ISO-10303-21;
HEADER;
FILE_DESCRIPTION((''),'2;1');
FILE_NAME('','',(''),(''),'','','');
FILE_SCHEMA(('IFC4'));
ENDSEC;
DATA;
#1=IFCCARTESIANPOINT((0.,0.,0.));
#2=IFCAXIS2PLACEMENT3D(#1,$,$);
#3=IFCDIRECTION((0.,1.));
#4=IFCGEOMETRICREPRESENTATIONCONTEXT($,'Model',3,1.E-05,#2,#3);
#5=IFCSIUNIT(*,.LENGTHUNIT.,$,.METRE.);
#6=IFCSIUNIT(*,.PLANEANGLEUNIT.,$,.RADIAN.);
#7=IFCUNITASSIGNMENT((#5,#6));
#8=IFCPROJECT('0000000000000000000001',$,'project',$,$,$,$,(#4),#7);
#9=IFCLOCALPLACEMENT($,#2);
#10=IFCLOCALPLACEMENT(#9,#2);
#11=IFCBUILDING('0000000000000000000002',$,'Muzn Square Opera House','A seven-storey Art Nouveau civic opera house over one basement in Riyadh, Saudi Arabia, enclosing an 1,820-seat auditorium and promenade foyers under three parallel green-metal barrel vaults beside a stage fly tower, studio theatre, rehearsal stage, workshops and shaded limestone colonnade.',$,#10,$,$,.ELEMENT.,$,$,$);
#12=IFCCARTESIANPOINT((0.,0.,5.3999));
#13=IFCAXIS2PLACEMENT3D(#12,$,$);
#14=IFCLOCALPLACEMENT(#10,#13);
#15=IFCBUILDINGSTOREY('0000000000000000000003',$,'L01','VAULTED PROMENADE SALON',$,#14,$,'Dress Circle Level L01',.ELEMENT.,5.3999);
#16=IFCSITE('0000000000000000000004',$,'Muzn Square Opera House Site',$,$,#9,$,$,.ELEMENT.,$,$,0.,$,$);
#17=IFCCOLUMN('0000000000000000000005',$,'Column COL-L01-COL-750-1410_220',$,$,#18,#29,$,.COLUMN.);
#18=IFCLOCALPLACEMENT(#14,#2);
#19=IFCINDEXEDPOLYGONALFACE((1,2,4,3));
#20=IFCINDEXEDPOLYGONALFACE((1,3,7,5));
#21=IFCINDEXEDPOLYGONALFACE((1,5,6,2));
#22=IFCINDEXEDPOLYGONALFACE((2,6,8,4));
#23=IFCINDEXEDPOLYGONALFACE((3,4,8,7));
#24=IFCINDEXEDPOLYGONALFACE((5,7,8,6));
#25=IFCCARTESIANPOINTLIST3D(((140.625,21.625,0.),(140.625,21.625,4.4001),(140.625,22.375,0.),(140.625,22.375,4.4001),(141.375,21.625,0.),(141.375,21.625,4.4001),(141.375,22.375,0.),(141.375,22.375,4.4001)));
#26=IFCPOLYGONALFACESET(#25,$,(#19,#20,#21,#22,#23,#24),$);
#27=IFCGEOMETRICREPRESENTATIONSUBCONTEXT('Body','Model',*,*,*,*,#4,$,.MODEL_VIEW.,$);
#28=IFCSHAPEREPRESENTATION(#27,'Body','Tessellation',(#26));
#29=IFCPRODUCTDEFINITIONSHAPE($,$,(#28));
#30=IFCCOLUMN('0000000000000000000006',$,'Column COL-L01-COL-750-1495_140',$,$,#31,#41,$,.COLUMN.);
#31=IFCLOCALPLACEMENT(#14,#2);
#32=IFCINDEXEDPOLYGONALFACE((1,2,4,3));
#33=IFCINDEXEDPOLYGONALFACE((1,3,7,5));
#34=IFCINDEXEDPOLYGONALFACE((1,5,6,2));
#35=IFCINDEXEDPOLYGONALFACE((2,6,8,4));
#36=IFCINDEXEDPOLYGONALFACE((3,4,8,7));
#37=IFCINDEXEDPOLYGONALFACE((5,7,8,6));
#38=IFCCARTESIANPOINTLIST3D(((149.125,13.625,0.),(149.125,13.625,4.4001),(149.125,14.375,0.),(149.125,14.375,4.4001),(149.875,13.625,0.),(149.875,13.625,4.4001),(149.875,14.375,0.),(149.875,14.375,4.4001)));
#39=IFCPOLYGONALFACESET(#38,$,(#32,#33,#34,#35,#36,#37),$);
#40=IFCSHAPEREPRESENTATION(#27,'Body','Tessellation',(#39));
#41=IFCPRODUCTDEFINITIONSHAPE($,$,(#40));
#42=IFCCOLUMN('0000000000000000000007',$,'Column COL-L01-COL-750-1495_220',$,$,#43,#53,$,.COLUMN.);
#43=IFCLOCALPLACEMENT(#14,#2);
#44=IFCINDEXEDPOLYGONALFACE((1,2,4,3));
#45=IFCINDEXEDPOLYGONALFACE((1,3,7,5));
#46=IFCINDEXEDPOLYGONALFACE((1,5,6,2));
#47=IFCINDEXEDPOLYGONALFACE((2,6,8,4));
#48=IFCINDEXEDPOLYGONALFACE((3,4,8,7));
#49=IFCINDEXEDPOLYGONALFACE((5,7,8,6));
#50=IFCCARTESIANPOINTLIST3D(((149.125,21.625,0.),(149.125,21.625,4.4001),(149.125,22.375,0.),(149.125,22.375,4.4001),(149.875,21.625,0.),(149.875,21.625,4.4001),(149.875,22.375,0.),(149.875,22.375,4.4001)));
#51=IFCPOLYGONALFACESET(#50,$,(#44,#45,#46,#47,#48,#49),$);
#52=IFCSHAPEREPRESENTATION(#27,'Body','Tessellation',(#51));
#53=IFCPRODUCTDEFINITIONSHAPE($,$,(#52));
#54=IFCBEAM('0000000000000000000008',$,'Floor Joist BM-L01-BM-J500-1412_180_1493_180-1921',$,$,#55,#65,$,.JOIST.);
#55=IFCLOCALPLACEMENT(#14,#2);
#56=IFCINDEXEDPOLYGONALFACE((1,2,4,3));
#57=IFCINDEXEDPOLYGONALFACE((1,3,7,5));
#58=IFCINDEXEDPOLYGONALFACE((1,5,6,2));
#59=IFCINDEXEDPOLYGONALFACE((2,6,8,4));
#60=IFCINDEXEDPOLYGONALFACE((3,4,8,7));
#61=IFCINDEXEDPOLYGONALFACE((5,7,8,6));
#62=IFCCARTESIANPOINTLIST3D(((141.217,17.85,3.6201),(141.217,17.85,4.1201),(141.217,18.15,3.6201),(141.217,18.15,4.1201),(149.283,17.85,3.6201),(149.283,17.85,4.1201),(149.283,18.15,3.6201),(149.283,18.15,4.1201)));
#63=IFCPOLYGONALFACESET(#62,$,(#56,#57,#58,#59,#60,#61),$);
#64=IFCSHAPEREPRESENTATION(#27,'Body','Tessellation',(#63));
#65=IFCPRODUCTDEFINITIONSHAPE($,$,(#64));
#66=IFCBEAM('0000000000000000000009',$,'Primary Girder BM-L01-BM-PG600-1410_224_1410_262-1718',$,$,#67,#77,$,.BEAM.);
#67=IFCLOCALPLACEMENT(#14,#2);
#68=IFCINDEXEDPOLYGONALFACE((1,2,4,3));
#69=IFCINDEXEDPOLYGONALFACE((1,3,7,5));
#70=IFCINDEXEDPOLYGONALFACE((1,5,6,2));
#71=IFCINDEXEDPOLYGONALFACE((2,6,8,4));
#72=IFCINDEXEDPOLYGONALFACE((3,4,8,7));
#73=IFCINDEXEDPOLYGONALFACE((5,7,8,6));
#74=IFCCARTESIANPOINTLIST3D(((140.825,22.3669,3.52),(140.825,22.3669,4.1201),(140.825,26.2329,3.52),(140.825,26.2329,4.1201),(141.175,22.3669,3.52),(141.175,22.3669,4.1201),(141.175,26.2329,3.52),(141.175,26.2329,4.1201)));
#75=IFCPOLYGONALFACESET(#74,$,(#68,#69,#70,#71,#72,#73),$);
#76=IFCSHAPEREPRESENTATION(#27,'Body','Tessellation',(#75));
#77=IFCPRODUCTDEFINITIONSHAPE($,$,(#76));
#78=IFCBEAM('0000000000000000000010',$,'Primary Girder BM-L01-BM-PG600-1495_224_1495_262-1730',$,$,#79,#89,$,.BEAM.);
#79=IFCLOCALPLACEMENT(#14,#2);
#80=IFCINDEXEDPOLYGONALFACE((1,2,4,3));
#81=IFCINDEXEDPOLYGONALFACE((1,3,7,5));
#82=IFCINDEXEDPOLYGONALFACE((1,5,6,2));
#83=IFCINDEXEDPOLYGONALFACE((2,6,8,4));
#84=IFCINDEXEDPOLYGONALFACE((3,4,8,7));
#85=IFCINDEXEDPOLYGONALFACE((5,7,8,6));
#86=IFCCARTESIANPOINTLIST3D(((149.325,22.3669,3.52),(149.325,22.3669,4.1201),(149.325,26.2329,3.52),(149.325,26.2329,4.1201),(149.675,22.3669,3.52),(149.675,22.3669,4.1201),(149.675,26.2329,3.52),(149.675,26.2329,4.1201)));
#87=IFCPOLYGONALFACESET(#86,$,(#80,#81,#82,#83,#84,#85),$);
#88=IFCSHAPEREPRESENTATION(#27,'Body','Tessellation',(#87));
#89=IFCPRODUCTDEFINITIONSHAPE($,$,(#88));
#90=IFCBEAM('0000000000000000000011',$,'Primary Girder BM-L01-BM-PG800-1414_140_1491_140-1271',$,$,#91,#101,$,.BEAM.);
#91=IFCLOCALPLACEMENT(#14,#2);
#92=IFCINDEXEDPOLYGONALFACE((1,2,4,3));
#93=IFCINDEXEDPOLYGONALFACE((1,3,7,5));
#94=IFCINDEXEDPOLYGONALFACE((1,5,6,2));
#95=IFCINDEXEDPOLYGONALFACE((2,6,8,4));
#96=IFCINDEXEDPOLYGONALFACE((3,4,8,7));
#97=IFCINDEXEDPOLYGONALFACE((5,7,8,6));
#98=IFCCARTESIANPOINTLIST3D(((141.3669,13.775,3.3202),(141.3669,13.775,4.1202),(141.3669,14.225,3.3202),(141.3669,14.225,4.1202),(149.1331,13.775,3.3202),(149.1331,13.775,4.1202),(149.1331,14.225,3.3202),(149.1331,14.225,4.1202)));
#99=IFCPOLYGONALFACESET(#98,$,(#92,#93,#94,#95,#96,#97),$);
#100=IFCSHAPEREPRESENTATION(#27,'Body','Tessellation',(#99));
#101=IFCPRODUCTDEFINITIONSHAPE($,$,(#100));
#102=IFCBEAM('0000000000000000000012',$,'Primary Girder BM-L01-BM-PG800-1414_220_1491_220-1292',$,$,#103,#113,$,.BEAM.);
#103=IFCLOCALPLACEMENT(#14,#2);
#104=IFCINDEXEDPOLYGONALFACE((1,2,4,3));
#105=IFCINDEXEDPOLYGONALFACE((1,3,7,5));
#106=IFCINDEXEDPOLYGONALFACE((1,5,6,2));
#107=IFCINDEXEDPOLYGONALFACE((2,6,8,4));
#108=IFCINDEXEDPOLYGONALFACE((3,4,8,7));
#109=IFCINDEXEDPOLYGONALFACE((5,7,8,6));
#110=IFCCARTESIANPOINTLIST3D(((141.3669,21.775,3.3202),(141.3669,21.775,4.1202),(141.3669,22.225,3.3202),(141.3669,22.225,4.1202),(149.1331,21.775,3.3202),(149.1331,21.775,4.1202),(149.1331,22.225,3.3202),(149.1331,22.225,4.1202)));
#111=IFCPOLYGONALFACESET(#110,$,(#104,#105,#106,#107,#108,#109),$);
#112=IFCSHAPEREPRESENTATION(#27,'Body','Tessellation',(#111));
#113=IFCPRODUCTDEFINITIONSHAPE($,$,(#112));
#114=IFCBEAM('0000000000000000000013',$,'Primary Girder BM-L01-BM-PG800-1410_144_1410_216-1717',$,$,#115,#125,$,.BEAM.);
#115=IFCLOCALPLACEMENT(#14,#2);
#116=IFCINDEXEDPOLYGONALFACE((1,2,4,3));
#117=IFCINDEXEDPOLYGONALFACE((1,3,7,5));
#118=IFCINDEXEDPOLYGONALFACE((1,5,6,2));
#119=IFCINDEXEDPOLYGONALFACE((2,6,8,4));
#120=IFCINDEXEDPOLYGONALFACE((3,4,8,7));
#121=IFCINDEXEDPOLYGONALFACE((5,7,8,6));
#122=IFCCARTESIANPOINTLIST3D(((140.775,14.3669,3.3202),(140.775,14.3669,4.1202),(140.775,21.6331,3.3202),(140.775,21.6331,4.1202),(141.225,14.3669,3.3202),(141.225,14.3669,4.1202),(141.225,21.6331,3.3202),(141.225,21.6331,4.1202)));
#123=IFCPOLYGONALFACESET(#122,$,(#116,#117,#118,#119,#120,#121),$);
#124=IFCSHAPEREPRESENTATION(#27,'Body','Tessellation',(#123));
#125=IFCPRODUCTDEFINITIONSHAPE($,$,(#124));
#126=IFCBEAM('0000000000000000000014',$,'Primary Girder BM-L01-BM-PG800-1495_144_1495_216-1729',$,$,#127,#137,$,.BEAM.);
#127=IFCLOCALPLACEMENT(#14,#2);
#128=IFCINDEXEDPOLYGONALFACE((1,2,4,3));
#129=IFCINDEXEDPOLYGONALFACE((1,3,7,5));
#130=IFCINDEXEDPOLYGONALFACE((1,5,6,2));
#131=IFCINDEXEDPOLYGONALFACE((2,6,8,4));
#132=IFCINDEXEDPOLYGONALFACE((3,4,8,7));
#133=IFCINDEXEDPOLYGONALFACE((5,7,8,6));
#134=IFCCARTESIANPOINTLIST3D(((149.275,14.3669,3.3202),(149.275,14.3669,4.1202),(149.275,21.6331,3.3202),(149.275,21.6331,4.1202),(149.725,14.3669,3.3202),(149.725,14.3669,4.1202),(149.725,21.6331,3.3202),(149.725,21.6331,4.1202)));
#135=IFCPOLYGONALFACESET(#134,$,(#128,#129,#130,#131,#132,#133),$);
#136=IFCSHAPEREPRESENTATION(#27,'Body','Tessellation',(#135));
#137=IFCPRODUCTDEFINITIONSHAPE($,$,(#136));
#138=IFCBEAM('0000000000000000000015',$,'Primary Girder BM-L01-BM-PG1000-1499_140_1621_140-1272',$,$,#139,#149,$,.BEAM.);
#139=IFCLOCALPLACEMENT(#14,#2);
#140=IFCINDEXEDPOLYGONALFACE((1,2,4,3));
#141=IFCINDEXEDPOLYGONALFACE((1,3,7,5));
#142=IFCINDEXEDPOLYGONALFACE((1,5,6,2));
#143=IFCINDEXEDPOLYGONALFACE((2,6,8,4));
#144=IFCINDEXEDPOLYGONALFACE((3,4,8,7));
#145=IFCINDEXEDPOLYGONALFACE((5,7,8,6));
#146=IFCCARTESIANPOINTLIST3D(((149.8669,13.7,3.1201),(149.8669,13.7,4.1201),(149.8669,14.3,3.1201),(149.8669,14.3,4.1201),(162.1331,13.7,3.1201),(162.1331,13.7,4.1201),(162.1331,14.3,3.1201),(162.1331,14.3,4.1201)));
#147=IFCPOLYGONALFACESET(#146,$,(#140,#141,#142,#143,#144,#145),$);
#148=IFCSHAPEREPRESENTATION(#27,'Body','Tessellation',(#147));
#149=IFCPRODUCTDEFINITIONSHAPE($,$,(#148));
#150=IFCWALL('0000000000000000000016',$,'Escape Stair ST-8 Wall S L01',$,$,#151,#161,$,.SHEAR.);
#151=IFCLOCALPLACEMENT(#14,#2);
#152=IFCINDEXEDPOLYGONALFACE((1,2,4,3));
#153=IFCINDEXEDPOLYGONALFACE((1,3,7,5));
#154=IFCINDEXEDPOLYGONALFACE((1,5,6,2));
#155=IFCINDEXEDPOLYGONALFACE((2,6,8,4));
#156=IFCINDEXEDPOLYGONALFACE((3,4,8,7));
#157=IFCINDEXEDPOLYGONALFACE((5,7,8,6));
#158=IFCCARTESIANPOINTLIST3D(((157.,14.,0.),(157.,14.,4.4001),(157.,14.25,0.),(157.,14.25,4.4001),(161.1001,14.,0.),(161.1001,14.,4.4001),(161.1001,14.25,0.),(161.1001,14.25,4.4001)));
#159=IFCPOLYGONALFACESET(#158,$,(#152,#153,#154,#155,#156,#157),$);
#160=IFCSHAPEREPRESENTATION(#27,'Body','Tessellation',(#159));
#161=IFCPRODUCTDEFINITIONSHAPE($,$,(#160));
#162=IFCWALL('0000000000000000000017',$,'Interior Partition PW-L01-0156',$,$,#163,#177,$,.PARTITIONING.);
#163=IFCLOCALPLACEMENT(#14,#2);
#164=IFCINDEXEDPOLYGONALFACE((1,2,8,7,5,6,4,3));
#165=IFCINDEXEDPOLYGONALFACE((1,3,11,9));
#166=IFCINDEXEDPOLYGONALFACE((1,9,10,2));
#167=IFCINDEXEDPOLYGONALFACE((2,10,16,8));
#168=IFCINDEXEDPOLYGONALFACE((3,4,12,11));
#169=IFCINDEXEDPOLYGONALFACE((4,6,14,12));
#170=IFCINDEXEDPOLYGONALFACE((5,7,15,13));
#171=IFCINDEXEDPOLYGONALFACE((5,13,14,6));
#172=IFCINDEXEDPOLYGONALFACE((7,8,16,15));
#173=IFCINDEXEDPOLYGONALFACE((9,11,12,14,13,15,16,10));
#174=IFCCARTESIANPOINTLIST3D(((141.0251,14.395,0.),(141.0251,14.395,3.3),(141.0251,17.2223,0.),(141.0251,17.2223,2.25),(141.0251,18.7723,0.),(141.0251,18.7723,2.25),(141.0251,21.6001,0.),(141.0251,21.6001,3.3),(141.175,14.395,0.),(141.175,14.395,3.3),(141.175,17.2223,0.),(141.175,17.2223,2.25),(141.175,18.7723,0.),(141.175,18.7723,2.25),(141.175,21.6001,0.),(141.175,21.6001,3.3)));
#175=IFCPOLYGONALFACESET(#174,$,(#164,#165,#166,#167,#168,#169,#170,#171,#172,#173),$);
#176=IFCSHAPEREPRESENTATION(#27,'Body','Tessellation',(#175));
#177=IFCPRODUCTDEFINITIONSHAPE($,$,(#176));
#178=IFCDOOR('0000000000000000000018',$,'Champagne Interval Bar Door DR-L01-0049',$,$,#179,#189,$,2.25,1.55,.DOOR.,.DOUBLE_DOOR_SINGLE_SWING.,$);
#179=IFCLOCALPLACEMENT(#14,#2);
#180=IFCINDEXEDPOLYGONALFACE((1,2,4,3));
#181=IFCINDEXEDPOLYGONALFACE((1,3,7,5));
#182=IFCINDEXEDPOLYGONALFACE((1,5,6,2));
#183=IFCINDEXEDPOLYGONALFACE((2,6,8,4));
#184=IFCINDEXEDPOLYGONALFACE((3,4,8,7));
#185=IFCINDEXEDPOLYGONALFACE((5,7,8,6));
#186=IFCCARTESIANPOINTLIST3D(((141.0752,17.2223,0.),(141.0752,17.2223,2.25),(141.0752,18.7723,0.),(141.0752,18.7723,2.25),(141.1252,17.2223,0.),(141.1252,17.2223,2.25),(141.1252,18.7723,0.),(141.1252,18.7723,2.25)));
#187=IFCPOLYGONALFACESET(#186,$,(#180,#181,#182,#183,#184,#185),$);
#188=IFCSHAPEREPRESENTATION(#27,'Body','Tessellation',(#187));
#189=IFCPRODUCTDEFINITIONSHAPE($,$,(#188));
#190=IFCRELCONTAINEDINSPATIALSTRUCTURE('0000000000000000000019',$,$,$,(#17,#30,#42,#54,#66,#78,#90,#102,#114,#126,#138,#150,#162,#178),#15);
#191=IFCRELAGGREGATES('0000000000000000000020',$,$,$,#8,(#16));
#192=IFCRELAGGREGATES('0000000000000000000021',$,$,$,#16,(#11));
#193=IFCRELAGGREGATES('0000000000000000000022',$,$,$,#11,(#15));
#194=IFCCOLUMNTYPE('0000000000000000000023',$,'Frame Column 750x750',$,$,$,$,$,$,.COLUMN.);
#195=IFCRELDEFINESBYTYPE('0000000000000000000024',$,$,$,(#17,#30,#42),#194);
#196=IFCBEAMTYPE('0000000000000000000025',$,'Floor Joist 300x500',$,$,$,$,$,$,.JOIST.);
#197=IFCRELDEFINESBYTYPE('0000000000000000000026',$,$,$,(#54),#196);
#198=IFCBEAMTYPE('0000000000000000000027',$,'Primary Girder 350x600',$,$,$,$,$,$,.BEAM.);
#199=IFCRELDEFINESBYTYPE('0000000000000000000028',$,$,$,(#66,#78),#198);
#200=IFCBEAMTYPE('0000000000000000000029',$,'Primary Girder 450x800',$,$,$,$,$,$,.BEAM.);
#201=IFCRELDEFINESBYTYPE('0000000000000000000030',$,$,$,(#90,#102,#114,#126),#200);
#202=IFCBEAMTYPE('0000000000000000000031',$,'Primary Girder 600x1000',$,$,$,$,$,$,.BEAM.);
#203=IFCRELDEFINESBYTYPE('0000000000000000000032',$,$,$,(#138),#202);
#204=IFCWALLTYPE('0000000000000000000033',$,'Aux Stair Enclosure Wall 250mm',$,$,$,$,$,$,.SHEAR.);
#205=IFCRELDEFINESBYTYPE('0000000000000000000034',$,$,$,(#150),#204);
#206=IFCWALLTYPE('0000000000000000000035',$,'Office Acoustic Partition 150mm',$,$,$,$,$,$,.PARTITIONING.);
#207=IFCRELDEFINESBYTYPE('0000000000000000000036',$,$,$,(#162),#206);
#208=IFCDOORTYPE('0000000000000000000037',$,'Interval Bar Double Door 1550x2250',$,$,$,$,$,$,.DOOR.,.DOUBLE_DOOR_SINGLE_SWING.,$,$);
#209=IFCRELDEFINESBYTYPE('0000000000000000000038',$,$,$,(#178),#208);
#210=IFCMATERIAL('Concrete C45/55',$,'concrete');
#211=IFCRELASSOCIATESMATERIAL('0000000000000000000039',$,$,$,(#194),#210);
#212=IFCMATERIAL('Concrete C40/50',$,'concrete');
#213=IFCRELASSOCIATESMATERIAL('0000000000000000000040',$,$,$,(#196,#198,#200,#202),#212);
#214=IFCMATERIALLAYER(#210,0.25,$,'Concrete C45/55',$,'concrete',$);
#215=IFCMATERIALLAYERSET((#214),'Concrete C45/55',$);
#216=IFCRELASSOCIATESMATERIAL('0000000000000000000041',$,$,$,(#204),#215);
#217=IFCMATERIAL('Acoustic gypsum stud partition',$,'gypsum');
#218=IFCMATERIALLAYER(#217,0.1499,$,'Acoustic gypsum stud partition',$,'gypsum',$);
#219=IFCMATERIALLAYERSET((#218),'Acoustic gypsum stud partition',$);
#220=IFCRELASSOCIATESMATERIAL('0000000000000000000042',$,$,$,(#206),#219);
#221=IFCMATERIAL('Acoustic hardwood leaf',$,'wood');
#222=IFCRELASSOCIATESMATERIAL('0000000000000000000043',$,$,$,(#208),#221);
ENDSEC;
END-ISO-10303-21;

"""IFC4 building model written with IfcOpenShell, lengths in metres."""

from ifc_helpers import new_model, si_unit, direction, frame, frame_2d, origin, origin_2d, place, context, subcontext, project, spatial, rectangle, extrude, material, layer, layer_set, material_profile, profile_set, type_object, element, fill, save


model = new_model("IFC4")

# Units and contexts
model_context = context("Model", 3, precision=1e-05, world=origin(), true_north=direction((0.0, 1.0)))
body_context = subcontext(model_context, "Body", "Model", "MODEL_VIEW")
ifc_project = project(units=[si_unit("LENGTHUNIT", "METRE"), si_unit("PLANEANGLEUNIT", "RADIAN")], contexts=[model_context])

# Site, building, storey
site_placement = place(None, origin())
site = spatial("IfcSite", under=ifc_project, at=site_placement, Name="Muzn Square Opera House Site", CompositionType="ELEMENT", RefElevation=0.0)
building_placement = place(site_placement, origin())
building = spatial("IfcBuilding", under=site, at=building_placement, Name="Muzn Square Opera House", Description="A seven-storey Art Nouveau civic opera house over one basement in Riyadh, Saudi Arabia, enclosing an 1,820-seat auditorium and promenade foyers under three parallel green-metal barrel vaults beside a stage fly tower, studio theatre, rehearsal stage, workshops and shaded limestone colonnade.", CompositionType="ELEMENT")
storey_placement = place(building_placement, frame((0.0, 0.0, 5.3999)))
storey = spatial("IfcBuildingStorey", under=building, at=storey_placement, Name="L01", Description="VAULTED PROMENADE SALON", LongName="Dress Circle Level L01", CompositionType="ELEMENT", Elevation=5.3999)

# Columns
ifc_material_1 = material(Name="Concrete C45/55", Category="concrete")
ifc_material_profile_1 = material_profile(ifc_material_1, rectangle(XDim=0.75, YDim=0.75, at=origin_2d()), Name="RC 750x750", Category="concrete")
ifc_profile_set_1 = profile_set([ifc_material_profile_1], Name="Concrete C45/55")
column_type = type_object("IfcColumnType", Name="Frame Column 750x750", PredefinedType="COLUMN", material=ifc_profile_set_1)
for number, where, z_axis, x_axis, name in (
    (1, (141.0, 22.0, 0.0), (0.0, 0.0, 1.0), (1.0, 0.0, 0.0), "Column COL-L01-COL-750-1410_220"),
    (2, (149.5, 14.0, 0.0), (0.0, 0.0, 1.0), (1.0, 0.0, 0.0), "Column COL-L01-COL-750-1495_140"),
    (3, (149.5, 22.0, 0.0), (0.0, 0.0, 1.0), (1.0, 0.0, 0.0), "Column COL-L01-COL-750-1495_220"),
):
    element("IfcColumn", number, at=place(storey_placement, frame(where, z_axis=z_axis, x_axis=x_axis)), inside=storey, type_object=column_type, Name=name, PredefinedType="COLUMN", context=body_context, shape_type="SweptSolid", body=[
        extrude(rectangle(XDim=0.75, YDim=0.75, at=origin_2d()), origin(), (0.0, 0.0, 1.0), 4.4001),
    ])

# Beams
ifc_material_2 = material(Name="Concrete C40/50", Category="concrete")
ifc_material_profile_2 = material_profile(ifc_material_2, rectangle(XDim=0.3, YDim=0.5, at=origin_2d()), Name="RCJ 300x500", Category="concrete")
ifc_profile_set_2 = profile_set([ifc_material_profile_2], Name="Concrete C40/50")
beam_type_1 = type_object("IfcBeamType", Name="Floor Joist 300x500", PredefinedType="JOIST", material=ifc_profile_set_2)
beam_1_placement = place(storey_placement, frame((141.217, 18.0, 3.8701), z_axis=(1.0, 0.0, 0.0), x_axis=(0.0, 1.0, 0.0)))
element("IfcBeam", 4, at=beam_1_placement, inside=storey, type_object=beam_type_1, Name="Floor Joist BM-L01-BM-J500-1412_180_1493_180-1921", PredefinedType="JOIST", context=body_context, shape_type="SweptSolid", body=[
    extrude(rectangle(XDim=0.3, YDim=0.5, at=origin_2d()), origin(), (0.0, 0.0, 1.0), 8.0659),
])
ifc_material_profile_3 = material_profile(ifc_material_2, rectangle(XDim=0.3501, YDim=0.6001, at=origin_2d()), Name="RCB 350x600", Category="concrete")
ifc_profile_set_3 = profile_set([ifc_material_profile_3], Name="Concrete C40/50")
beam_type_2 = type_object("IfcBeamType", Name="Primary Girder 350x600", PredefinedType="BEAM", material=ifc_profile_set_3)
for number, where, z_axis, x_axis, name in (
    (5, (141.0, 22.3669, 3.8201), (0.0, 1.0, 0.0), (-1.0, 0.0, 0.0), "Primary Girder BM-L01-BM-PG600-1410_224_1410_262-1718"),
    (6, (149.5, 22.3669, 3.8201), (0.0, 1.0, 0.0), (-1.0, 0.0, 0.0), "Primary Girder BM-L01-BM-PG600-1495_224_1495_262-1730"),
):
    element("IfcBeam", number, at=place(storey_placement, frame(where, z_axis=z_axis, x_axis=x_axis)), inside=storey, type_object=beam_type_2, Name=name, PredefinedType="BEAM", context=body_context, shape_type="SweptSolid", body=[
        extrude(rectangle(XDim=0.3501, YDim=0.6001, at=origin_2d()), origin(), (0.0, 0.0, 1.0), 3.866),
    ])
ifc_material_profile_4 = material_profile(ifc_material_2, rectangle(XDim=0.45, YDim=0.8, at=origin_2d()), Name="RCB 450x800", Category="concrete")
ifc_profile_set_4 = profile_set([ifc_material_profile_4], Name="Concrete C40/50")
beam_type_3 = type_object("IfcBeamType", Name="Primary Girder 450x800", PredefinedType="BEAM", material=ifc_profile_set_4)
for number, where, z_axis, x_axis, name in (
    (7, (141.3669, 14.0, 3.7202), (1.0, 0.0, 0.0), (0.0, 1.0, 0.0), "Primary Girder BM-L01-BM-PG800-1414_140_1491_140-1271"),
    (8, (141.3669, 22.0, 3.7202), (1.0, 0.0, 0.0), (0.0, 1.0, 0.0), "Primary Girder BM-L01-BM-PG800-1414_220_1491_220-1292"),
):
    element("IfcBeam", number, at=place(storey_placement, frame(where, z_axis=z_axis, x_axis=x_axis)), inside=storey, type_object=beam_type_3, Name=name, PredefinedType="BEAM", context=body_context, shape_type="SweptSolid", body=[
        extrude(rectangle(XDim=0.45, YDim=0.8, at=origin_2d()), origin(), (0.0, 0.0, 1.0), 7.7661),
    ])
for number, where, z_axis, x_axis, name in (
    (9, (141.0, 14.3669, 3.7202), (0.0, 1.0, 0.0), (-1.0, 0.0, 0.0), "Primary Girder BM-L01-BM-PG800-1410_144_1410_216-1717"),
    (10, (149.5, 14.3669, 3.7202), (0.0, 1.0, 0.0), (-1.0, 0.0, 0.0), "Primary Girder BM-L01-BM-PG800-1495_144_1495_216-1729"),
):
    element("IfcBeam", number, at=place(storey_placement, frame(where, z_axis=z_axis, x_axis=x_axis)), inside=storey, type_object=beam_type_3, Name=name, PredefinedType="BEAM", context=body_context, shape_type="SweptSolid", body=[
        extrude(rectangle(XDim=0.45, YDim=0.8, at=origin_2d()), origin(), (0.0, 0.0, 1.0), 7.2661),
    ])
ifc_material_profile_5 = material_profile(ifc_material_2, rectangle(XDim=0.6001, YDim=1.0, at=origin_2d()), Name="RCB 600x1000", Category="concrete")
ifc_profile_set_5 = profile_set([ifc_material_profile_5], Name="Concrete C40/50")
beam_type_4 = type_object("IfcBeamType", Name="Primary Girder 600x1000", PredefinedType="BEAM", material=ifc_profile_set_5)
beam_2_placement = place(storey_placement, frame((149.8669, 14.0, 3.6201), z_axis=(1.0, 0.0, 0.0), x_axis=(0.0, 1.0, 0.0)))
element("IfcBeam", 11, at=beam_2_placement, inside=storey, type_object=beam_type_4, Name="Primary Girder BM-L01-BM-PG1000-1499_140_1621_140-1272", PredefinedType="BEAM", context=body_context, shape_type="SweptSolid", body=[
    extrude(rectangle(XDim=0.6001, YDim=1.0, at=origin_2d()), origin(), (0.0, 0.0, 1.0), 12.2661),
])

# Wall
ifc_layer_1 = layer(ifc_material_1, 0.25, Name="Concrete C45/55", Category="concrete")
ifc_layer_set_1 = layer_set([ifc_layer_1], Name="Concrete C45/55")
wall_type_1 = type_object("IfcWallType", Name="Aux Stair Enclosure Wall 250mm", PredefinedType="SHEAR", material=ifc_layer_set_1)
wall_1_placement = place(storey_placement, frame((157.0, 14.125, 0.0), z_axis=(0.0, 0.0, 1.0), x_axis=(1.0, 0.0, 0.0)))
element("IfcWall", 12, at=wall_1_placement, inside=storey, type_object=wall_type_1, Name="Escape Stair ST-8 Wall S L01", PredefinedType="SHEAR", context=body_context, shape_type="SweptSolid", body=[
    extrude(rectangle(XDim=4.1001, YDim=0.25, at=frame_2d((2.05, 0.0))), origin(), (0.0, 0.0, 1.0), 4.4001),
])

# Wall, opening, door
ifc_material_3 = material(Name="Acoustic gypsum stud partition", Category="gypsum")
ifc_layer_2 = layer(ifc_material_3, 0.1499, Name="Acoustic gypsum stud partition", Category="gypsum")
ifc_layer_set_2 = layer_set([ifc_layer_2], Name="Acoustic gypsum stud partition")
wall_type_2 = type_object("IfcWallType", Name="Office Acoustic Partition 150mm", PredefinedType="PARTITIONING", material=ifc_layer_set_2)
wall_2_placement = place(storey_placement, frame((141.1001, 14.395, 0.0), z_axis=(0.0, 0.0, 1.0), x_axis=(0.0, 1.0, 0.0)))
wall_2 = element("IfcWall", 13, at=wall_2_placement, inside=storey, type_object=wall_type_2, Name="Interior Partition PW-L01-0156", PredefinedType="PARTITIONING", context=body_context, shape_type="SweptSolid", body=[
    extrude(rectangle(XDim=7.2051, YDim=0.1499, at=frame_2d((3.6025, 0.0))), origin(), (0.0, 0.0, 1.0), 3.3),
])
opening_1_placement = place(wall_2_placement, frame((2.8274, 0.0, 0.0)))
opening_1 = element("IfcOpeningElement", 14, at=opening_1_placement, cuts=wall_2, PredefinedType="OPENING", context=body_context, shape_type="SweptSolid", body=[
    extrude(rectangle(XDim=1.55, YDim=2.25, at=frame_2d((0.7749, 1.125))), frame((0.0, 0.085, 0.0), z_axis=(0.0, -1.0, 0.0), x_axis=(1.0, 0.0, 0.0)), (0.0, 0.0, 1.0), 0.1699),
])
ifc_material_4 = material(Name="Acoustic hardwood leaf", Category="wood")
door_type_1 = type_object("IfcDoorType", Name="Interval Bar Double Door 1550x2250", OperationType="DOUBLE_DOOR_SINGLE_SWING", PredefinedType="DOOR", material=ifc_material_4)
door_1_placement = place(opening_1_placement, origin())
door_1 = element("IfcDoor", 15, at=door_1_placement, inside=storey, type_object=door_type_1, Name="Champagne Interval Bar Door DR-L01-0049", OperationType="DOUBLE_DOOR_SINGLE_SWING", OverallHeight=2.25, OverallWidth=1.55, PredefinedType="DOOR", context=body_context, shape_type="SweptSolid", body=[
    extrude(rectangle(XDim=1.55, YDim=2.25, at=frame_2d((0.7749, 1.125))), frame((0.0, 0.0249, 0.0), z_axis=(0.0, -1.0, 0.0), x_axis=(1.0, 0.0, 0.0)), (0.0, 0.0, 1.0), 0.05),
])
fill(opening_1, door_1)

save(model, "model.ifc")
